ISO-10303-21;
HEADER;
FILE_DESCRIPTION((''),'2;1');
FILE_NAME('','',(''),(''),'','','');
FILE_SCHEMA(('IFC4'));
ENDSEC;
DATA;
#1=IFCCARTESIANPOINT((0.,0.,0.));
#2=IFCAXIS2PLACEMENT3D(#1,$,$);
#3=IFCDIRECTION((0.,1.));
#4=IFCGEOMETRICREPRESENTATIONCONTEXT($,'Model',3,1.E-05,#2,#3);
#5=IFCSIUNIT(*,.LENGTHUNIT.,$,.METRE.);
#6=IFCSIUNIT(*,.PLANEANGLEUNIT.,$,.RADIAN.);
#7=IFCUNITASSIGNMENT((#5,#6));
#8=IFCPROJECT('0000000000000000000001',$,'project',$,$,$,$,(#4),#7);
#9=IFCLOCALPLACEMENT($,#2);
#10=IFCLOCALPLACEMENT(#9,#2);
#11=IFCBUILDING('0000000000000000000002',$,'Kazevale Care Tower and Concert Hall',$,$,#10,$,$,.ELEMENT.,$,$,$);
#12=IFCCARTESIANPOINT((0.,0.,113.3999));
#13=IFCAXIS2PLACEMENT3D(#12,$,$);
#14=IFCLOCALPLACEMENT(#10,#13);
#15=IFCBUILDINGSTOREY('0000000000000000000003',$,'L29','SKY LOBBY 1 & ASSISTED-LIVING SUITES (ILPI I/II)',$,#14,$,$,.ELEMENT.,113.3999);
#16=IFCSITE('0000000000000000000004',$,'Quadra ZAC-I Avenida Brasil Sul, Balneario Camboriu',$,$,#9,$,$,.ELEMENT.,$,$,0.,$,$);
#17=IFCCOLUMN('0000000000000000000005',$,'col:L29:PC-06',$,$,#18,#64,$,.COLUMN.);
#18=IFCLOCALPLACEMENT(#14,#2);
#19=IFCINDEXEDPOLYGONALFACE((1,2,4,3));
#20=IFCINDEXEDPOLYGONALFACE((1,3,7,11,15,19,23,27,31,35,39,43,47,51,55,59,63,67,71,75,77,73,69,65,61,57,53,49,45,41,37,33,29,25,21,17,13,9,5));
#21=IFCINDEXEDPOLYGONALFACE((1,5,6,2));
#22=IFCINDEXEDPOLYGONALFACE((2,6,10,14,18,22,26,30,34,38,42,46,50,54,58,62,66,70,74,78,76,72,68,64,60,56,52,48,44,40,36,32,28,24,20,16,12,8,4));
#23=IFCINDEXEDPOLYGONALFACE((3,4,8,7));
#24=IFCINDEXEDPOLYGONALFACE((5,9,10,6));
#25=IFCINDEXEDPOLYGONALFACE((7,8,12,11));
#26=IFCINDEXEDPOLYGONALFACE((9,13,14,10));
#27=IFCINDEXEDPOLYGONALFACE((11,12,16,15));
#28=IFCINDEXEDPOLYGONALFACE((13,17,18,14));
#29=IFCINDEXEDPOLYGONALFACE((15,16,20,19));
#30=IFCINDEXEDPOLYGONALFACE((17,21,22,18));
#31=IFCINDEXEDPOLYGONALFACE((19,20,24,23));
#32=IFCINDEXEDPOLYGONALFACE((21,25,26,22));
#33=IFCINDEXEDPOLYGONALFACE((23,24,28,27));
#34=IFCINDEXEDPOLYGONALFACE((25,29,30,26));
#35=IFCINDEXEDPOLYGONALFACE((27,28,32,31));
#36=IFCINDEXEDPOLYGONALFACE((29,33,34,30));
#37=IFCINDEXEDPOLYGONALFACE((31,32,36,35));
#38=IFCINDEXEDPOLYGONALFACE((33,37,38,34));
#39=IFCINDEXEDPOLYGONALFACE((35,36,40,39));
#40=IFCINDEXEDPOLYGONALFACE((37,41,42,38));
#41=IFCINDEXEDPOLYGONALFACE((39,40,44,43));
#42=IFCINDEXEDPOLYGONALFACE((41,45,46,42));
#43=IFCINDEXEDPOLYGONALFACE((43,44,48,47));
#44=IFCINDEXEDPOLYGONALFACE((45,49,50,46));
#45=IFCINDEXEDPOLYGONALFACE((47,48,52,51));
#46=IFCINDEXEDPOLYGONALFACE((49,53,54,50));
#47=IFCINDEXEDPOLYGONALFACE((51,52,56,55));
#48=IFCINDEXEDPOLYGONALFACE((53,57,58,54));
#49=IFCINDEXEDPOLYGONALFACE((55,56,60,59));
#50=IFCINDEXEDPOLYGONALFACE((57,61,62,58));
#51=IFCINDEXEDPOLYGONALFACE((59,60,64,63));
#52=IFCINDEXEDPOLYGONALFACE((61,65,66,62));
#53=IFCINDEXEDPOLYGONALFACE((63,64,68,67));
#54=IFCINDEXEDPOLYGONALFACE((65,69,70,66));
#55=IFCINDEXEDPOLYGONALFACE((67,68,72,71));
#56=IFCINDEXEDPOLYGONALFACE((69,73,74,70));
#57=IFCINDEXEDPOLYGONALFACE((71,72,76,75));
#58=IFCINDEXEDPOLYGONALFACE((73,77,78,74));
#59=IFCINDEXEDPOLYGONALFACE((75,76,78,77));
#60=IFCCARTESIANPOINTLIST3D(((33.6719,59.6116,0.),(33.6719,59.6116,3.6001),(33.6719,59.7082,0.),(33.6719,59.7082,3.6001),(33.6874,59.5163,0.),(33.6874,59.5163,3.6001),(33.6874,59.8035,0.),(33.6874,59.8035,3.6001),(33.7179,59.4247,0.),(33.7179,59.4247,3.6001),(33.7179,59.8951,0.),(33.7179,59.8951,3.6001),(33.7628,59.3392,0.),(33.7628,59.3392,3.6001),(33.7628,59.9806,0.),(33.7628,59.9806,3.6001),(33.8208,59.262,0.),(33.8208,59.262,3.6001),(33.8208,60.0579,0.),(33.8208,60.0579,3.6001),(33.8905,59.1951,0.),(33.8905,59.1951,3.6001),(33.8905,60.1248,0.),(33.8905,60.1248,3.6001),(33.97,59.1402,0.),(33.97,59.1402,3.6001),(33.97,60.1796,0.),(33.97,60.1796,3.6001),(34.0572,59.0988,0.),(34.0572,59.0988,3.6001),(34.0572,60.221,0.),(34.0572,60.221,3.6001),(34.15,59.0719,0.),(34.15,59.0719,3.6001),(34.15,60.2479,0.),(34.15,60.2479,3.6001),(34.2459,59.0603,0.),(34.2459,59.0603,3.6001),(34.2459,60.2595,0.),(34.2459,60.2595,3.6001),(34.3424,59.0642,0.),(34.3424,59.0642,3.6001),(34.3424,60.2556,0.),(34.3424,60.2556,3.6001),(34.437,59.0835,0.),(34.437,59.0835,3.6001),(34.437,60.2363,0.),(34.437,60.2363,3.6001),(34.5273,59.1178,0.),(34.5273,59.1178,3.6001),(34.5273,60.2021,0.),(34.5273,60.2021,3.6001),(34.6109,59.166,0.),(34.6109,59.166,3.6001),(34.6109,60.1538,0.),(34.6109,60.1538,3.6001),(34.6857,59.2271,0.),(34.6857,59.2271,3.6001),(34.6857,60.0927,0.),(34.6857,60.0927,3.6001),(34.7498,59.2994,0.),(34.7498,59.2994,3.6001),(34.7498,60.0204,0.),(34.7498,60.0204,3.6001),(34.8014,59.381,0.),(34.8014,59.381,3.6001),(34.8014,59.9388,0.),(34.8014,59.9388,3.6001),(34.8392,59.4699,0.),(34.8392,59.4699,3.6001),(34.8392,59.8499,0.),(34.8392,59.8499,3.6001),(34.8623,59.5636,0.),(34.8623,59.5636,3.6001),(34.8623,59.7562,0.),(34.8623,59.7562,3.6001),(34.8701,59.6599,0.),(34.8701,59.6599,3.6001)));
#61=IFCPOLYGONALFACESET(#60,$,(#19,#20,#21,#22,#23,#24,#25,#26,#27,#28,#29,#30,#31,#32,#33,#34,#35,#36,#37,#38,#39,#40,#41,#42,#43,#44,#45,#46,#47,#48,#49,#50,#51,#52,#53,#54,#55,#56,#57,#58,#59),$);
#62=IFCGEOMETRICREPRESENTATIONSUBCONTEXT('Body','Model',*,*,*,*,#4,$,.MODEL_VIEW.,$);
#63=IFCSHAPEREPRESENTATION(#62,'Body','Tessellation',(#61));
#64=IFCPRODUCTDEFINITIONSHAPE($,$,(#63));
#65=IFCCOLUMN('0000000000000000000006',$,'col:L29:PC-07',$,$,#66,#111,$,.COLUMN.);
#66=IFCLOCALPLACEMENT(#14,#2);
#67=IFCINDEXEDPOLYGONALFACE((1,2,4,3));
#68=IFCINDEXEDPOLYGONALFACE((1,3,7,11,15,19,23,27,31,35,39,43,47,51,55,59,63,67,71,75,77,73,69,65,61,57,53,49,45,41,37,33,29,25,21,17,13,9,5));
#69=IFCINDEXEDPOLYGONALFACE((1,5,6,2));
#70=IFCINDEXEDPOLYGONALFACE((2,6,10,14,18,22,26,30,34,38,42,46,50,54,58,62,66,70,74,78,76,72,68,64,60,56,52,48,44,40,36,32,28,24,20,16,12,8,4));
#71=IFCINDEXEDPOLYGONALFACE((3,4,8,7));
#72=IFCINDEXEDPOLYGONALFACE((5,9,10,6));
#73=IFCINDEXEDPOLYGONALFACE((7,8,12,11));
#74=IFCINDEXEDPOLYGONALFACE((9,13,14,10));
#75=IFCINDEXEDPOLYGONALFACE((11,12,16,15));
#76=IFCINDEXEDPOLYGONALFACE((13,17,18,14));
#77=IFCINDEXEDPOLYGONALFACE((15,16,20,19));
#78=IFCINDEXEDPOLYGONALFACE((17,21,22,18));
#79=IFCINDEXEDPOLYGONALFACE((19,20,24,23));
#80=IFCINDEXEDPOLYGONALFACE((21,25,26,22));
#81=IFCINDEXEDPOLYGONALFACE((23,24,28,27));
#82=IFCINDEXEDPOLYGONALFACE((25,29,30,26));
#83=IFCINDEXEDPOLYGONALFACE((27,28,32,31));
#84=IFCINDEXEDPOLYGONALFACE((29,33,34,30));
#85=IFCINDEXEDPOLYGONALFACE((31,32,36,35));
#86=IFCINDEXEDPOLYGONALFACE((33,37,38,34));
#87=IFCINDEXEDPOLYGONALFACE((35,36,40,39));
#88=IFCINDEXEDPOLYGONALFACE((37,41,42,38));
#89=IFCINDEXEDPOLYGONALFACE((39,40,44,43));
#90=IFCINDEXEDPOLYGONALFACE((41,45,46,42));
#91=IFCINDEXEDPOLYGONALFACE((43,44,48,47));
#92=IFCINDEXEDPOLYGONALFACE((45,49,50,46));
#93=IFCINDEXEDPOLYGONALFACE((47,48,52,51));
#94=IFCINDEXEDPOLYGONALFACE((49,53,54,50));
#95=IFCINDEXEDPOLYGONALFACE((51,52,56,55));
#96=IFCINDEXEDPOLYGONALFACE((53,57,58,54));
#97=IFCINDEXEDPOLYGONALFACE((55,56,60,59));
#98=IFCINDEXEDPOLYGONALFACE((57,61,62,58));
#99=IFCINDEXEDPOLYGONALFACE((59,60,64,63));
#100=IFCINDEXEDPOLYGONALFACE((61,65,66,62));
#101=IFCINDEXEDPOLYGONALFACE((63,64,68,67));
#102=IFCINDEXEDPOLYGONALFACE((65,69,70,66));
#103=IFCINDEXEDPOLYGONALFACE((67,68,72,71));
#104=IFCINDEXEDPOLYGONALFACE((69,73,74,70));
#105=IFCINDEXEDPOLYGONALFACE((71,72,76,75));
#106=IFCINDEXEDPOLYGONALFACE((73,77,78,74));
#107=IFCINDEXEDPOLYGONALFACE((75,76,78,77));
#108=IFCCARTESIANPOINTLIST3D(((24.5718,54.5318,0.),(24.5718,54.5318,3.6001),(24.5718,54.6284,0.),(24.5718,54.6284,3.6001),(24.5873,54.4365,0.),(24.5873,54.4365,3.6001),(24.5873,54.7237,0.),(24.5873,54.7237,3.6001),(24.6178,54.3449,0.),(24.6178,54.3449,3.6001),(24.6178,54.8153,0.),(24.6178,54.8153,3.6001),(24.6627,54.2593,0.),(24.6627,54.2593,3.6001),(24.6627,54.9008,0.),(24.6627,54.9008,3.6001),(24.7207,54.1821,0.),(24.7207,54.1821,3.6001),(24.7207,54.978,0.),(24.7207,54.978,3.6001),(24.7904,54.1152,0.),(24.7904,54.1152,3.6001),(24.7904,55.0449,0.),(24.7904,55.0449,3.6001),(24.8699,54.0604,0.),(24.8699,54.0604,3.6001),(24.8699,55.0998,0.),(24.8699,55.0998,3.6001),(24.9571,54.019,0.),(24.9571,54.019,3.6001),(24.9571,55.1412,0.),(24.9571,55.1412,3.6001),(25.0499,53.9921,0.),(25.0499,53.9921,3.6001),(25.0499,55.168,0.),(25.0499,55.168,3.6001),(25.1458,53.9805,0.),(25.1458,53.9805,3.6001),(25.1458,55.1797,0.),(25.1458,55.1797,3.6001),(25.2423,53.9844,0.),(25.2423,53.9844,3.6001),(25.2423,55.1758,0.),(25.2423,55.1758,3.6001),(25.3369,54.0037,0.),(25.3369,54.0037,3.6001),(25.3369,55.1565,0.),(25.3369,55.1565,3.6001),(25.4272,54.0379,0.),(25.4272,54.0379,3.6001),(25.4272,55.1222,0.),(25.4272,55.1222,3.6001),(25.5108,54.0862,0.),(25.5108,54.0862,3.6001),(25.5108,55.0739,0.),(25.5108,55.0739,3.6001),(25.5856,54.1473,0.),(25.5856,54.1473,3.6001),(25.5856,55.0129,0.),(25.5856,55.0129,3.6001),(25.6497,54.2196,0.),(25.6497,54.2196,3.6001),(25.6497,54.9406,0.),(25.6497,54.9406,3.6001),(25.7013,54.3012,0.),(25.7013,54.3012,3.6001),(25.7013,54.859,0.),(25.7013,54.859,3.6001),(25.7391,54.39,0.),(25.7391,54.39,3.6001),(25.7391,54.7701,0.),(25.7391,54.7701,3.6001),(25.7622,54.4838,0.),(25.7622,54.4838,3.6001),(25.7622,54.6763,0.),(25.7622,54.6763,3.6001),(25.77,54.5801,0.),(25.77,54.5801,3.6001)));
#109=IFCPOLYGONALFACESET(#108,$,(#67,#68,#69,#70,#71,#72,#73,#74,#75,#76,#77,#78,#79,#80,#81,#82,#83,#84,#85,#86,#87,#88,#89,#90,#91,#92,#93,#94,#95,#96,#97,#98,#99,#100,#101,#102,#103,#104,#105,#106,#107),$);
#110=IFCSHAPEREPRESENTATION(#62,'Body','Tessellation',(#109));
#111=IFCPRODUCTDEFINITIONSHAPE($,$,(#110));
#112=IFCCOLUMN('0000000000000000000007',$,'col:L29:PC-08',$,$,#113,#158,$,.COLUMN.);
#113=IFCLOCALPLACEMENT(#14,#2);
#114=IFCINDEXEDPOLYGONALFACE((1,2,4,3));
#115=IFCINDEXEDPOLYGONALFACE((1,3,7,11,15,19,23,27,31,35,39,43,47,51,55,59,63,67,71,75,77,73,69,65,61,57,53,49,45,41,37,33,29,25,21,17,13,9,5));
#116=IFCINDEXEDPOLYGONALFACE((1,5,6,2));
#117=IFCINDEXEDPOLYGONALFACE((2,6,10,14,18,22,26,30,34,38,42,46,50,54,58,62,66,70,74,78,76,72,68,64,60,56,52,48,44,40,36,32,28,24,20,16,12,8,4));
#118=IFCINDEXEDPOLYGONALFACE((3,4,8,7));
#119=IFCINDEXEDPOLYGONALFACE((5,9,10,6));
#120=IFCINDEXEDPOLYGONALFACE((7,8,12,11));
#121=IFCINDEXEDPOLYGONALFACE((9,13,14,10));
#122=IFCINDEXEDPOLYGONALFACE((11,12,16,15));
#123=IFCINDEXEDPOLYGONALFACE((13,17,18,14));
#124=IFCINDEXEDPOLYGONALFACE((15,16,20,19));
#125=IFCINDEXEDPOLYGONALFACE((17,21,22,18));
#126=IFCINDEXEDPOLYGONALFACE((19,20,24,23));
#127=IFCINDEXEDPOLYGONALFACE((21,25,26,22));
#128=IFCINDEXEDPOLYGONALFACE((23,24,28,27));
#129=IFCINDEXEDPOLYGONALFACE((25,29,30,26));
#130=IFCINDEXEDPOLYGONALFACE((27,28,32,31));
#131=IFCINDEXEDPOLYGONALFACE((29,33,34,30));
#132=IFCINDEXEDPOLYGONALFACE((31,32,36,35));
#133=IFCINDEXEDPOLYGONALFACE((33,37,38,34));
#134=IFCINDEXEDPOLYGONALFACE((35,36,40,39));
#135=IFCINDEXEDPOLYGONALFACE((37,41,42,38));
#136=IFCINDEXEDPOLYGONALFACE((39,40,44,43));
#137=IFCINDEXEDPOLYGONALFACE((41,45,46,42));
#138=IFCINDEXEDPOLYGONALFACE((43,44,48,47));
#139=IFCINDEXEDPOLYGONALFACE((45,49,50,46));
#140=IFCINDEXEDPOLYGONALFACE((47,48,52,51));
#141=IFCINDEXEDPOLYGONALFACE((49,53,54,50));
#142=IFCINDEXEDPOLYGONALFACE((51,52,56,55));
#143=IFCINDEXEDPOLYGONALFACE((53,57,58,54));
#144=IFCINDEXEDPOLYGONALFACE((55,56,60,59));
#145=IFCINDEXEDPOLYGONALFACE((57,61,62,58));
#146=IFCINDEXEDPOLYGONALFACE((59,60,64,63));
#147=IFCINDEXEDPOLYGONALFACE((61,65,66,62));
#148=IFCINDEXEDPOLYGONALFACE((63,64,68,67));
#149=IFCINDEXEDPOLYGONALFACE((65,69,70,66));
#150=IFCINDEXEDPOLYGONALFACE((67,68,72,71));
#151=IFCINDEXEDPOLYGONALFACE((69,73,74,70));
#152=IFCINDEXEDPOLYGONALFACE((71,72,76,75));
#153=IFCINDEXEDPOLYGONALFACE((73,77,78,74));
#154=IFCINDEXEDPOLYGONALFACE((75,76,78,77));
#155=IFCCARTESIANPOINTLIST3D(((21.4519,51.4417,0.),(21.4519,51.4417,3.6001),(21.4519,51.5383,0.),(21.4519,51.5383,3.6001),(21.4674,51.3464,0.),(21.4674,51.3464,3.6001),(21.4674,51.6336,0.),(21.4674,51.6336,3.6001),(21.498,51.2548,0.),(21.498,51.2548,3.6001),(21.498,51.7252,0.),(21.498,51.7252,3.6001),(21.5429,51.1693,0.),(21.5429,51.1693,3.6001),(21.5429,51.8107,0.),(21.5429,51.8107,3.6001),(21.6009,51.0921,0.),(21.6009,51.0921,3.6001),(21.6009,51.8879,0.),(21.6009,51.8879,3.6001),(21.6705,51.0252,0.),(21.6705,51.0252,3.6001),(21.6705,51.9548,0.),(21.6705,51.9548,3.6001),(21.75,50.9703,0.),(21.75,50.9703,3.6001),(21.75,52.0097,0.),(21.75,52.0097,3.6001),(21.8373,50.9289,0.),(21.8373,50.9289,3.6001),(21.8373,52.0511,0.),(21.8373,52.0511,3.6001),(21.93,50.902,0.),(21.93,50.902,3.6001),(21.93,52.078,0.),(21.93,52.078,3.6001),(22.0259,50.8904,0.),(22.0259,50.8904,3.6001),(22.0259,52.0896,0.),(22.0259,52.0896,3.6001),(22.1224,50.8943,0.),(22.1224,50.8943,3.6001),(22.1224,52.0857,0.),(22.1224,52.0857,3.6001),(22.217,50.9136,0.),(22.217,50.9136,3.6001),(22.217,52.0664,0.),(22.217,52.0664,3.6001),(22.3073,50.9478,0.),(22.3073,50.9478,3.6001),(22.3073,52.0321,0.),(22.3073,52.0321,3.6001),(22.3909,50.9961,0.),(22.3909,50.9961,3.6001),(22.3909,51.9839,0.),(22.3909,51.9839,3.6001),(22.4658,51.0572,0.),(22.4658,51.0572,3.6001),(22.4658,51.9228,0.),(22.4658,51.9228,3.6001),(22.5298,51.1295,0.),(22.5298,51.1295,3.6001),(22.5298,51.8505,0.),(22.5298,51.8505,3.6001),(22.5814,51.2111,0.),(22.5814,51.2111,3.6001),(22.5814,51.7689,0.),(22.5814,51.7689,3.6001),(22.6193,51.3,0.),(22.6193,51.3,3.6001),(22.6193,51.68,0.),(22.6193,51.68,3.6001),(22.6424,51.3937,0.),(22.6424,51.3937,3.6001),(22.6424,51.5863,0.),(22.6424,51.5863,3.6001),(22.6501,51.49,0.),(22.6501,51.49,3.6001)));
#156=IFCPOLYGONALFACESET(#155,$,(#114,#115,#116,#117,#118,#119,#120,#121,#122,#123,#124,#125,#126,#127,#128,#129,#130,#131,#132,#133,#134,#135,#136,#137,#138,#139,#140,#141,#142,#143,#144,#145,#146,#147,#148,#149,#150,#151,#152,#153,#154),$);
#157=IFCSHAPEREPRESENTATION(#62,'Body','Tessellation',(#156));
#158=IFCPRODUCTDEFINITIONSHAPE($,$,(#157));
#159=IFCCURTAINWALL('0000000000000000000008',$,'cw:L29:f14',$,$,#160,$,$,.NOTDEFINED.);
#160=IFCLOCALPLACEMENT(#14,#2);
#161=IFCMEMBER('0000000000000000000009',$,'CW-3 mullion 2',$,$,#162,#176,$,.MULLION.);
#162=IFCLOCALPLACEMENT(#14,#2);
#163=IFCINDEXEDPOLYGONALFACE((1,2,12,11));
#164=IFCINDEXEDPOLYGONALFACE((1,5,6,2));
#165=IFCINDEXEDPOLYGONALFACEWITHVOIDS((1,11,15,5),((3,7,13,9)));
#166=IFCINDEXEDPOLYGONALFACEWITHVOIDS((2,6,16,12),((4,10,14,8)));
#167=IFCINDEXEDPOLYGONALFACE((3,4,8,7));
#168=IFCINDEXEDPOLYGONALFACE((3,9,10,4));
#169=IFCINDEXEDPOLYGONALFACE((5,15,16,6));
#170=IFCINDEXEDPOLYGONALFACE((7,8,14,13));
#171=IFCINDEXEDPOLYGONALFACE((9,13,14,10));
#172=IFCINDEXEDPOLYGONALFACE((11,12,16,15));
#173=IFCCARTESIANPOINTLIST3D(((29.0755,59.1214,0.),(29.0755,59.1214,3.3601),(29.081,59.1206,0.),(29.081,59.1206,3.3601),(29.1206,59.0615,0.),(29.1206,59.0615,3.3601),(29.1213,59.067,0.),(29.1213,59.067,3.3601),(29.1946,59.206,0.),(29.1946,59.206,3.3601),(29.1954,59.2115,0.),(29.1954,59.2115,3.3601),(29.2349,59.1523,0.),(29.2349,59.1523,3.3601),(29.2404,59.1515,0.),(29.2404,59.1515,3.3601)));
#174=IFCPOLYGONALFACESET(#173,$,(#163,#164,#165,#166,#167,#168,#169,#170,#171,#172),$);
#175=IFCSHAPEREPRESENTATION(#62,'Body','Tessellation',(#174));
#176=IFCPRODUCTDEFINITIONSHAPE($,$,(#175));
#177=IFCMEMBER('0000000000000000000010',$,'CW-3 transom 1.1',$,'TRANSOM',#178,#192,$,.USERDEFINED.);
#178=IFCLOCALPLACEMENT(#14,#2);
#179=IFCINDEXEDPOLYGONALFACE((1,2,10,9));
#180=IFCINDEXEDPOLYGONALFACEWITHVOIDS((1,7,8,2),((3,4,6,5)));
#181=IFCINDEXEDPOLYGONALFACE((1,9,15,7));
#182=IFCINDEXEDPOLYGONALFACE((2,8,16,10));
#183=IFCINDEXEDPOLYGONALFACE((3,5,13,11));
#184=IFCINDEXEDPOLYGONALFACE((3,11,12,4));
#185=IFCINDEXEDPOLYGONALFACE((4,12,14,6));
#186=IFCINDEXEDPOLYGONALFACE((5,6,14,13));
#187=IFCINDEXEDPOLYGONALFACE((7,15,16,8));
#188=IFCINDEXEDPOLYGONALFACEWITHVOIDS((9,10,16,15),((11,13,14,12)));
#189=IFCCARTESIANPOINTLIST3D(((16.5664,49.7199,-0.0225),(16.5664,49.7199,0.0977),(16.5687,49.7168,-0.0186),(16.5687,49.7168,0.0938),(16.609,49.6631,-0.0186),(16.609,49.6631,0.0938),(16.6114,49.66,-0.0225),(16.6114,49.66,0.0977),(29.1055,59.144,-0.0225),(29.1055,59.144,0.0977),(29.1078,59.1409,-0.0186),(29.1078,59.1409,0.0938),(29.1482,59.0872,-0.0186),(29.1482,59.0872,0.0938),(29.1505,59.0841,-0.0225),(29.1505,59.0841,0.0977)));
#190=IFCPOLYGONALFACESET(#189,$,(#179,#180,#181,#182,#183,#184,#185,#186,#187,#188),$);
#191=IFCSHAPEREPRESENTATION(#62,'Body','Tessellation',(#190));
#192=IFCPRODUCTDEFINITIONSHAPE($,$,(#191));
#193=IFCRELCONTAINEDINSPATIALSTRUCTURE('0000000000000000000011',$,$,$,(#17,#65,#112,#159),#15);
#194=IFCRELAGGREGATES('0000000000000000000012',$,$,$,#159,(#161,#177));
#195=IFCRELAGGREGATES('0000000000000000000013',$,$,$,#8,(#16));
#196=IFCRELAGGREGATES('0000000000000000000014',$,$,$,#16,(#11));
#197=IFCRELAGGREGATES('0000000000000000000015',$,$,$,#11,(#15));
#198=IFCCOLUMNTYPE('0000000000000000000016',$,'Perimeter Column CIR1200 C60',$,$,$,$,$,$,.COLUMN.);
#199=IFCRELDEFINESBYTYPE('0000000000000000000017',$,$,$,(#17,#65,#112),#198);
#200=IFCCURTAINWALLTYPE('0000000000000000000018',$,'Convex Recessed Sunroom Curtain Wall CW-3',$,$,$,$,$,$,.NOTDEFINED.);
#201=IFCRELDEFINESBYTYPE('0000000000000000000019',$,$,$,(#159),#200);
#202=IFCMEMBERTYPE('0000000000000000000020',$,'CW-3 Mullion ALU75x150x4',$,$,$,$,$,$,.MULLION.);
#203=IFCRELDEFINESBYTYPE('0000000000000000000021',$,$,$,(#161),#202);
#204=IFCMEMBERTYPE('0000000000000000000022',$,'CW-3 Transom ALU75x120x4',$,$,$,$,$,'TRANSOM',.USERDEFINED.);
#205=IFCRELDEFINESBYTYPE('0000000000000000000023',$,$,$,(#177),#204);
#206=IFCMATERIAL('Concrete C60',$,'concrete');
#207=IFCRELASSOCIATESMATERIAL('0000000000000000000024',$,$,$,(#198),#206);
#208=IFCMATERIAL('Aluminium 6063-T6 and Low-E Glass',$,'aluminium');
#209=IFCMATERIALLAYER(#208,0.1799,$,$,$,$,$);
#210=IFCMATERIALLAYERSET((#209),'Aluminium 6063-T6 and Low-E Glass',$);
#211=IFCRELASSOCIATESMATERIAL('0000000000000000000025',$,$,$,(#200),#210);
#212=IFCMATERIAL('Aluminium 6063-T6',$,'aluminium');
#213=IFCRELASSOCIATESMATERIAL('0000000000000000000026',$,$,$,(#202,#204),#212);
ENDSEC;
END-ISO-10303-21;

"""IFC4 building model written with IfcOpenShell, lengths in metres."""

from ifc_helpers import new_model, si_unit, direction, frame, origin, origin_2d, place, context, subcontext, project, spatial, hollow_rectangle, circle, extrude, material, layer, layer_set, material_profile, profile_set, type_object, element, aggregate, save


model = new_model("IFC4")

# Units and contexts
model_context = context("Model", 3, precision=1e-05, world=origin(), true_north=direction((0.0, 1.0)))
body_context = subcontext(model_context, "Body", "Model", "MODEL_VIEW")
ifc_project = project(units=[si_unit("LENGTHUNIT", "METRE"), si_unit("PLANEANGLEUNIT", "RADIAN")], contexts=[model_context])

# Site, building, storey
site_placement = place(None, origin())
site = spatial("IfcSite", under=ifc_project, at=site_placement, Name="Quadra ZAC-I Avenida Brasil Sul, Balneario Camboriu", CompositionType="ELEMENT", RefElevation=0.0)
building_placement = place(site_placement, origin())
building = spatial("IfcBuilding", under=site, at=building_placement, Name="Kazevale Care Tower and Concert Hall", CompositionType="ELEMENT")
storey_placement = place(building_placement, frame((0.0, 0.0, 113.3999)))
storey = spatial("IfcBuildingStorey", under=building, at=storey_placement, Name="L29", Description="SKY LOBBY 1 & ASSISTED-LIVING SUITES (ILPI I/II)", CompositionType="ELEMENT", Elevation=113.3999)

# Columns
ifc_material_1 = material(Name="Concrete C60", Category="concrete")
ifc_material_profile_1 = material_profile(ifc_material_1, circle(Radius=0.6001, at=origin_2d()), Name="RC-CIR1200")
ifc_profile_set_1 = profile_set([ifc_material_profile_1], Name="Concrete C60")
column_type = type_object("IfcColumnType", Name="Perimeter Column CIR1200 C60", PredefinedType="COLUMN", material=ifc_profile_set_1)
for number, where, z_axis, x_axis, name in (
    (1, (34.27, 59.6599, 0.0), (0.0, 0.0, 1.0), (1.0, 0.0, 0.0), "col:L29:PC-06"),
    (2, (25.1699, 54.5801, 0.0), (0.0, 0.0, 1.0), (1.0, 0.0, 0.0), "col:L29:PC-07"),
    (3, (22.05, 51.49, 0.0), (0.0, 0.0, 1.0), (1.0, 0.0, 0.0), "col:L29:PC-08"),
):
    element("IfcColumn", number, at=place(storey_placement, frame(where, z_axis=z_axis, x_axis=x_axis)), inside=storey, type_object=column_type, Name=name, PredefinedType="COLUMN", context=body_context, shape_type="SweptSolid", body=[
        extrude(circle(Radius=0.6001, at=origin_2d()), origin(), (0.0, 0.0, 1.0), 3.6001),
    ])

# Curtain wall, members
ifc_material_2 = material(Name="Aluminium 6063-T6 and Low-E Glass", Category="aluminium")
ifc_layer_1 = layer(ifc_material_2, 0.1799)
ifc_layer_set_1 = layer_set([ifc_layer_1], Name="Aluminium 6063-T6 and Low-E Glass")
curtain_wall_type = type_object("IfcCurtainWallType", Name="Convex Recessed Sunroom Curtain Wall CW-3", PredefinedType="NOTDEFINED", material=ifc_layer_set_1)
curtain_wall_placement = place(storey_placement, origin())
curtain_wall = element("IfcCurtainWall", 4, at=curtain_wall_placement, inside=storey, type_object=curtain_wall_type, Name="cw:L29:f14", PredefinedType="NOTDEFINED")
ifc_material_3 = material(Name="Aluminium 6063-T6", Category="aluminium")
ifc_material_profile_2 = material_profile(ifc_material_3, hollow_rectangle(XDim=0.075, YDim=0.1499, WallThickness=0.0039, at=origin_2d()), Name="ALU75x150x4")
ifc_profile_set_2 = profile_set([ifc_material_profile_2], Name="Aluminium 6063-T6")
member_type_1 = type_object("IfcMemberType", Name="CW-3 Mullion ALU75x150x4", PredefinedType="MULLION", material=ifc_profile_set_2)
member_1_placement = place(storey_placement, frame((29.158, 59.1365, 0.0), z_axis=(0.0, 0.0, 1.0), x_axis=(-0.600798, 0.799401, 0.0)))
member_1 = element("IfcMember", 5, at=member_1_placement, type_object=member_type_1, Name="CW-3 mullion 2", PredefinedType="MULLION", context=body_context, shape_type="SweptSolid", body=[
    extrude(hollow_rectangle(XDim=0.075, YDim=0.1499, WallThickness=0.0039, at=origin_2d()), origin(), (0.0, 0.0, 1.0), 3.3601),
])
ifc_material_profile_3 = material_profile(ifc_material_3, hollow_rectangle(XDim=0.075, YDim=0.1201, WallThickness=0.0039, at=origin_2d()), Name="ALU75x120x4")
ifc_profile_set_3 = profile_set([ifc_material_profile_3], Name="Aluminium 6063-T6")
member_type_2 = type_object("IfcMemberType", Name="CW-3 Transom ALU75x120x4", ElementType="TRANSOM", PredefinedType="USERDEFINED", material=ifc_profile_set_3)
member_2_placement = place(storey_placement, frame((16.5889, 49.6899, 0.0376), z_axis=(0.799394, 0.600807, 0.0), x_axis=(-0.600807, 0.799394, 0.0)))
member_2 = element("IfcMember", 6, at=member_2_placement, type_object=member_type_2, Name="CW-3 transom 1.1", ObjectType="TRANSOM", PredefinedType="USERDEFINED", context=body_context, shape_type="SweptSolid", body=[
    extrude(hollow_rectangle(XDim=0.075, YDim=0.1201, WallThickness=0.0039, at=origin_2d()), origin(), (0.0, 0.0, 1.0), 15.6858),
])

aggregate(curtain_wall, [member_1, member_2])

save(model, "model.ifc")
